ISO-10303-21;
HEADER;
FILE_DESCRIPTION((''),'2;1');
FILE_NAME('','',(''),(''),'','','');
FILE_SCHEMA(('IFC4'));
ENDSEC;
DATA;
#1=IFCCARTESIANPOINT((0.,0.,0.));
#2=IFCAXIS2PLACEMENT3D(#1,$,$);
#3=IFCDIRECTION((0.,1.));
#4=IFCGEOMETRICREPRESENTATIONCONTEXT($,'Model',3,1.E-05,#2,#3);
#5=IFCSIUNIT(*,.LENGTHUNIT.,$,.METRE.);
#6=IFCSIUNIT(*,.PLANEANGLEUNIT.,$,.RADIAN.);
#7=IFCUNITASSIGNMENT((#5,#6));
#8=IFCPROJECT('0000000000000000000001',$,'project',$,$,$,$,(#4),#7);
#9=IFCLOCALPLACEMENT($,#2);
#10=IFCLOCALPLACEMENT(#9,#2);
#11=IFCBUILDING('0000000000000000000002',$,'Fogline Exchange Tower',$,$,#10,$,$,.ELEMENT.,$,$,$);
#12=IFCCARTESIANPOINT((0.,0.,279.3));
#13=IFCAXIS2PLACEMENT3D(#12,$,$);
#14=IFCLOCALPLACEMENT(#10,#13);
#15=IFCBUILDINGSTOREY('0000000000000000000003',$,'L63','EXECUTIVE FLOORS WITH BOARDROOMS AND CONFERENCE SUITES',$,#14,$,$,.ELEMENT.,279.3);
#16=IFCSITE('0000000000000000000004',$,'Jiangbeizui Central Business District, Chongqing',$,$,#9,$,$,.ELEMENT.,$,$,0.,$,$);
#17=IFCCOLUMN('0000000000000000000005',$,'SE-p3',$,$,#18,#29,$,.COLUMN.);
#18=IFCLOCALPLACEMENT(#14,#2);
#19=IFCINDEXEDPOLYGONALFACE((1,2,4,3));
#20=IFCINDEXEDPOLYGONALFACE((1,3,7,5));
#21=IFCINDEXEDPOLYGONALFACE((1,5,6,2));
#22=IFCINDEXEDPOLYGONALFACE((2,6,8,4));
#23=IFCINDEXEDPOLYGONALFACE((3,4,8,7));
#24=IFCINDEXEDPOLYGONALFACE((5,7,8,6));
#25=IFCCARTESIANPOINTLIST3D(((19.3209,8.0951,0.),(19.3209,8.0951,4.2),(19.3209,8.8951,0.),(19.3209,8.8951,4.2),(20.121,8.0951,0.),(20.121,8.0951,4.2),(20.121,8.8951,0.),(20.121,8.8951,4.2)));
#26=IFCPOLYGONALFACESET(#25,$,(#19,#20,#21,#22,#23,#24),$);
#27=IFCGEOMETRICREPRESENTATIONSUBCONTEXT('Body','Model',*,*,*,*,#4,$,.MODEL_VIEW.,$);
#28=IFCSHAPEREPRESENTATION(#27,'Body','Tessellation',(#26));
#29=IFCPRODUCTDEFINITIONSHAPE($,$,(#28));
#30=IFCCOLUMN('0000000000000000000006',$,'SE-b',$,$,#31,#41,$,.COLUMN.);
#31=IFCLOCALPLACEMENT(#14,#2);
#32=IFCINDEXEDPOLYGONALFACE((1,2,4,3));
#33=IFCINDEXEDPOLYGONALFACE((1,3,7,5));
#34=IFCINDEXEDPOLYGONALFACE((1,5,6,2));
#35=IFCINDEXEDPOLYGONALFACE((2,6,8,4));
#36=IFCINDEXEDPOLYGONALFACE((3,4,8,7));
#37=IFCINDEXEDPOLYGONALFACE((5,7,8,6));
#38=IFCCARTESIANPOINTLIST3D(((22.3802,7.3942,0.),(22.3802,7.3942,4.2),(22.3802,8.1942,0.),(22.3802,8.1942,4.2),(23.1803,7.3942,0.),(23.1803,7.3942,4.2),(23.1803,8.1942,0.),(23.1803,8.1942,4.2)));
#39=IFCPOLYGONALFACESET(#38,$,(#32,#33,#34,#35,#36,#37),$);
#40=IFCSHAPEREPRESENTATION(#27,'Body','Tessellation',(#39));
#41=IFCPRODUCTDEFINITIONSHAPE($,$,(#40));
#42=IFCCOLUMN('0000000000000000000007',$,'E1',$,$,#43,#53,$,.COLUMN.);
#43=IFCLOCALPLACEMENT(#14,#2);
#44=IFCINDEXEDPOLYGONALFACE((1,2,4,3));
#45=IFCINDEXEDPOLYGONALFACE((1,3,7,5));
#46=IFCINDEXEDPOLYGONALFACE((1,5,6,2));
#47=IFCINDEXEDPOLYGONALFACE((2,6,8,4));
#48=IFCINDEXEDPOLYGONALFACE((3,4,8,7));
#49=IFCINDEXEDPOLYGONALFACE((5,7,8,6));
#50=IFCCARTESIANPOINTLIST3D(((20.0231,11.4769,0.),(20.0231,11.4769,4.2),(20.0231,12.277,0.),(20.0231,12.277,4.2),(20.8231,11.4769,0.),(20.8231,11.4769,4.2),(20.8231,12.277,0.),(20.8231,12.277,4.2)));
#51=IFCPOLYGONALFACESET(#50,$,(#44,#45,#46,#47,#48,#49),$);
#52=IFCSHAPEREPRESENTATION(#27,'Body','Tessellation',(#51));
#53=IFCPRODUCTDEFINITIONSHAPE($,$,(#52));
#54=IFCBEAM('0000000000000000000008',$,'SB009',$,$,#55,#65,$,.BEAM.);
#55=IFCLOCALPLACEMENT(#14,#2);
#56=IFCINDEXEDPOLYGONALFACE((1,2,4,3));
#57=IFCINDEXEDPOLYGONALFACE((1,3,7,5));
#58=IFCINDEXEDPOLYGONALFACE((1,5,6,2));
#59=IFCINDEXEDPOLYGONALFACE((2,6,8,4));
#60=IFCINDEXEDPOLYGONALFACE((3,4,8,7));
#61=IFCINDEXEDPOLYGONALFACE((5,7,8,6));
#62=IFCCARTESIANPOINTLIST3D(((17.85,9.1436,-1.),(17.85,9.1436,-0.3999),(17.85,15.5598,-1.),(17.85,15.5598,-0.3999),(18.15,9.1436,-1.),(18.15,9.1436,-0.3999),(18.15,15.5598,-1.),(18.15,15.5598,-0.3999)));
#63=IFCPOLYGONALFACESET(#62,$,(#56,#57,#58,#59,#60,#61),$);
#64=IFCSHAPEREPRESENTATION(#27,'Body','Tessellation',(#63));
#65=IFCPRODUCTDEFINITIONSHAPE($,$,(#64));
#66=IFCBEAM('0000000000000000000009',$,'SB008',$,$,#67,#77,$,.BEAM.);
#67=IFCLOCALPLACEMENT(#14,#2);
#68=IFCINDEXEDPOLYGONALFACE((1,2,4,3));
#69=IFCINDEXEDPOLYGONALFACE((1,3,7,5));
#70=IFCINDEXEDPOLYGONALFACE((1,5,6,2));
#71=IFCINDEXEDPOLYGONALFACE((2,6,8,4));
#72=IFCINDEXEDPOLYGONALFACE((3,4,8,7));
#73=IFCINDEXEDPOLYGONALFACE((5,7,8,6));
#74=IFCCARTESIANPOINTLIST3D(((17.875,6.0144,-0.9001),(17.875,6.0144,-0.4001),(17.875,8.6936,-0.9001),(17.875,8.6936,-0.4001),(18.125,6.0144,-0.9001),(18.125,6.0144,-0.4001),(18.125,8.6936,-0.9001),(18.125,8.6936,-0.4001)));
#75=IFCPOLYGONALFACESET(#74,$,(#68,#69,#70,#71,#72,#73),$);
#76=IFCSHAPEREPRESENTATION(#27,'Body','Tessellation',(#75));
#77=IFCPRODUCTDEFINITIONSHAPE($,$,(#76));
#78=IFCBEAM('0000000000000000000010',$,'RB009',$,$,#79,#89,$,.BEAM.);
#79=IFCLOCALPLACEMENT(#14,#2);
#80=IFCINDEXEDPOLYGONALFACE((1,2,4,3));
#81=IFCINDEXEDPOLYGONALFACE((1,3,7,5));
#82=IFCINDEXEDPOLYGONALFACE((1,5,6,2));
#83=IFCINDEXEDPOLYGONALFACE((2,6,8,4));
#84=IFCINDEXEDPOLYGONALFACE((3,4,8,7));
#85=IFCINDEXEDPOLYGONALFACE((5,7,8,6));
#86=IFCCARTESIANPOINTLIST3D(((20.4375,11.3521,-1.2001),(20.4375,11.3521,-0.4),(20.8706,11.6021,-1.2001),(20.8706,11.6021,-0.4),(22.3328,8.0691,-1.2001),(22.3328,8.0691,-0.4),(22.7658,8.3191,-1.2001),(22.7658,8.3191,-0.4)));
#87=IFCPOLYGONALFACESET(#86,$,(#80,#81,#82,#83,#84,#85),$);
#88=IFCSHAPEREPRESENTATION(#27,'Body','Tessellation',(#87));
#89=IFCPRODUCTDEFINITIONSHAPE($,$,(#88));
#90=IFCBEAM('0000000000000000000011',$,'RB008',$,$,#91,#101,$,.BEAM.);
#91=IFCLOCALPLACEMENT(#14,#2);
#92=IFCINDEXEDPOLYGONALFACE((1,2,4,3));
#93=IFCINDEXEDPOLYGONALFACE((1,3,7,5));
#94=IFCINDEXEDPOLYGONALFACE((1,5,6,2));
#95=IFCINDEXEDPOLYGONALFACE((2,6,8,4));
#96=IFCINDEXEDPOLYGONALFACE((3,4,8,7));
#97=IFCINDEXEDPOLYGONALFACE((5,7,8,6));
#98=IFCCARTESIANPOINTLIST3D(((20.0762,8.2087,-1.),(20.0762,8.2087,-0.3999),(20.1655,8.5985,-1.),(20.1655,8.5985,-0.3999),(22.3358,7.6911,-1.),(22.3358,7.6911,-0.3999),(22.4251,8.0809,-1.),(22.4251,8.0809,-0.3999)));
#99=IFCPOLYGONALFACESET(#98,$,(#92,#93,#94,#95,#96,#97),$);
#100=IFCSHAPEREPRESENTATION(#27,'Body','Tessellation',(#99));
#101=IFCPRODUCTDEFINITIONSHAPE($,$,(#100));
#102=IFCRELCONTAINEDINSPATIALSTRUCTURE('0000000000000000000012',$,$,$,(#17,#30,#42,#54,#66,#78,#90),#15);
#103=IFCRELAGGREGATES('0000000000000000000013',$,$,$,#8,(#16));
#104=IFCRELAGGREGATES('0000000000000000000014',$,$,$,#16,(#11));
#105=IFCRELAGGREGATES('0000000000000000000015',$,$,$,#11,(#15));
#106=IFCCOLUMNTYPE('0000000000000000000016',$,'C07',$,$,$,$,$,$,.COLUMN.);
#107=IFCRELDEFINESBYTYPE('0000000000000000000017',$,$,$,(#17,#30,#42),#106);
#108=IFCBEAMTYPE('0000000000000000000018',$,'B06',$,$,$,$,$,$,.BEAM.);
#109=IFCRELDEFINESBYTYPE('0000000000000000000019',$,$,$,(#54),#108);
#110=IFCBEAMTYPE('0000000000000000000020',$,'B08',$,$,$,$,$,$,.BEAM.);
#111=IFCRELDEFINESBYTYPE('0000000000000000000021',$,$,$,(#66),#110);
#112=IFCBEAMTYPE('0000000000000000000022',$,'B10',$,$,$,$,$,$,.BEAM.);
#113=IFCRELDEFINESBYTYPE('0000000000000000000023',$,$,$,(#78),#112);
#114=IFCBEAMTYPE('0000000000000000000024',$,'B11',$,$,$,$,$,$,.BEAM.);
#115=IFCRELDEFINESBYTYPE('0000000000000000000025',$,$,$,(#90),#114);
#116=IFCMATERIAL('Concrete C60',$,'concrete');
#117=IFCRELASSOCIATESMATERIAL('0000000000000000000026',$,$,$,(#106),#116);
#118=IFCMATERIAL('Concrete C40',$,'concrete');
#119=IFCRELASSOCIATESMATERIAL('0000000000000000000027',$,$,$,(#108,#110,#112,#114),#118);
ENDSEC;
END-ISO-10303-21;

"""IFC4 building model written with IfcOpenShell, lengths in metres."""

from ifc_helpers import new_model, si_unit, direction, frame, origin, origin_2d, place, context, subcontext, project, spatial, rectangle, extrude, material, material_profile, profile_set, type_object, element, save


model = new_model("IFC4")

# Units and contexts
model_context = context("Model", 3, precision=1e-05, world=origin(), true_north=direction((0.0, 1.0)))
body_context = subcontext(model_context, "Body", "Model", "MODEL_VIEW")
ifc_project = project(units=[si_unit("LENGTHUNIT", "METRE"), si_unit("PLANEANGLEUNIT", "RADIAN")], contexts=[model_context])

# Site, building, storey
site_placement = place(None, origin())
site = spatial("IfcSite", under=ifc_project, at=site_placement, Name="Jiangbeizui Central Business District, Chongqing", CompositionType="ELEMENT", RefElevation=0.0)
building_placement = place(site_placement, origin())
building = spatial("IfcBuilding", under=site, at=building_placement, Name="Fogline Exchange Tower", CompositionType="ELEMENT")
storey_placement = place(building_placement, frame((0.0, 0.0, 279.3)))
storey = spatial("IfcBuildingStorey", under=building, at=storey_placement, Name="L63", Description="EXECUTIVE FLOORS WITH BOARDROOMS AND CONFERENCE SUITES", CompositionType="ELEMENT", Elevation=279.3)

# Columns
ifc_material_1 = material(Name="Concrete C60", Category="concrete")
ifc_material_profile_1 = material_profile(ifc_material_1, rectangle(XDim=0.8, YDim=0.8, at=origin_2d()), Name="RC 800x800")
ifc_profile_set_1 = profile_set([ifc_material_profile_1], Name="Concrete C60")
column_type = type_object("IfcColumnType", Name="C07", PredefinedType="COLUMN", material=ifc_profile_set_1)
for number, where, z_axis, x_axis, name in (
    (1, (19.7209, 8.4951, 0.0), (0.0, 0.0, 1.0), (1.0, 0.0, 0.0), "SE-p3"),
    (2, (22.7803, 7.7942, 0.0), (0.0, 0.0, 1.0), (1.0, 0.0, 0.0), "SE-b"),
    (3, (20.4231, 11.877, 0.0), (0.0, 0.0, 1.0), (1.0, 0.0, 0.0), "E1"),
):
    element("IfcColumn", number, at=place(storey_placement, frame(where, z_axis=z_axis, x_axis=x_axis)), inside=storey, type_object=column_type, Name=name, PredefinedType="COLUMN", context=body_context, shape_type="SweptSolid", body=[
        extrude(rectangle(XDim=0.8, YDim=0.8, at=origin_2d()), origin(), (0.0, 0.0, 1.0), 4.2),
    ])

# Beams
ifc_material_2 = material(Name="Concrete C40", Category="concrete")
ifc_material_profile_2 = material_profile(ifc_material_2, rectangle(XDim=0.3, YDim=0.6001, at=origin_2d()), Name="RC 300x600")
ifc_profile_set_2 = profile_set([ifc_material_profile_2], Name="Concrete C40")
beam_type_1 = type_object("IfcBeamType", Name="B06", PredefinedType="BEAM", material=ifc_profile_set_2)
beam_1_placement = place(storey_placement, frame((18.0, 9.1436, -0.7), z_axis=(0.0, 1.0, 0.0), x_axis=(-1.0, 0.0, 0.0)))
element("IfcBeam", 4, at=beam_1_placement, inside=storey, type_object=beam_type_1, Name="SB009", PredefinedType="BEAM", context=body_context, shape_type="SweptSolid", body=[
    extrude(rectangle(XDim=0.3, YDim=0.6001, at=origin_2d()), origin(), (0.0, 0.0, 1.0), 6.4163),
])
ifc_material_profile_3 = material_profile(ifc_material_2, rectangle(XDim=0.25, YDim=0.5, at=origin_2d()), Name="RC 250x500")
ifc_profile_set_3 = profile_set([ifc_material_profile_3], Name="Concrete C40")
beam_type_2 = type_object("IfcBeamType", Name="B08", PredefinedType="BEAM", material=ifc_profile_set_3)
beam_2_placement = place(storey_placement, frame((18.0, 6.0144, -0.6501), z_axis=(0.0, 1.0, 0.0), x_axis=(-1.0, 0.0, 0.0)))
element("IfcBeam", 5, at=beam_2_placement, inside=storey, type_object=beam_type_2, Name="SB008", PredefinedType="BEAM", context=body_context, shape_type="SweptSolid", body=[
    extrude(rectangle(XDim=0.25, YDim=0.5, at=origin_2d()), origin(), (0.0, 0.0, 1.0), 2.6792),
])
ifc_material_profile_4 = material_profile(ifc_material_2, rectangle(XDim=0.5, YDim=0.8, at=origin_2d()), Name="RC 500x800")
ifc_profile_set_4 = profile_set([ifc_material_profile_4], Name="Concrete C40")
beam_type_3 = type_object("IfcBeamType", Name="B10", PredefinedType="BEAM", material=ifc_profile_set_4)
beam_3_placement = place(storey_placement, frame((22.5493, 8.1941, -0.8), z_axis=(-0.49997, 0.866043, 0.0), x_axis=(-0.866043, -0.49997, 0.0)))
element("IfcBeam", 6, at=beam_3_placement, inside=storey, type_object=beam_type_3, Name="RB009", PredefinedType="BEAM", context=body_context, shape_type="SweptSolid", body=[
    extrude(rectangle(XDim=0.5, YDim=0.8, at=origin_2d()), origin(), (0.0, 0.0, 1.0), 3.7908),
])
ifc_material_profile_5 = material_profile(ifc_material_2, rectangle(XDim=0.3999, YDim=0.6001, at=origin_2d()), Name="RC 400x600")
ifc_profile_set_5 = profile_set([ifc_material_profile_5], Name="Concrete C40")
beam_type_4 = type_object("IfcBeamType", Name="B11", PredefinedType="BEAM", material=ifc_profile_set_5)
beam_4_placement = place(storey_placement, frame((20.1208, 8.4036, -0.7), z_axis=(0.974754, -0.223282, 0.0), x_axis=(0.223282, 0.974754, 0.0)))
element("IfcBeam", 7, at=beam_4_placement, inside=storey, type_object=beam_type_4, Name="RB008", PredefinedType="BEAM", context=body_context, shape_type="SweptSolid", body=[
    extrude(rectangle(XDim=0.3999, YDim=0.6001, at=origin_2d()), origin(), (0.0, 0.0, 1.0), 2.3181),
])

save(model, "model.ifc")
